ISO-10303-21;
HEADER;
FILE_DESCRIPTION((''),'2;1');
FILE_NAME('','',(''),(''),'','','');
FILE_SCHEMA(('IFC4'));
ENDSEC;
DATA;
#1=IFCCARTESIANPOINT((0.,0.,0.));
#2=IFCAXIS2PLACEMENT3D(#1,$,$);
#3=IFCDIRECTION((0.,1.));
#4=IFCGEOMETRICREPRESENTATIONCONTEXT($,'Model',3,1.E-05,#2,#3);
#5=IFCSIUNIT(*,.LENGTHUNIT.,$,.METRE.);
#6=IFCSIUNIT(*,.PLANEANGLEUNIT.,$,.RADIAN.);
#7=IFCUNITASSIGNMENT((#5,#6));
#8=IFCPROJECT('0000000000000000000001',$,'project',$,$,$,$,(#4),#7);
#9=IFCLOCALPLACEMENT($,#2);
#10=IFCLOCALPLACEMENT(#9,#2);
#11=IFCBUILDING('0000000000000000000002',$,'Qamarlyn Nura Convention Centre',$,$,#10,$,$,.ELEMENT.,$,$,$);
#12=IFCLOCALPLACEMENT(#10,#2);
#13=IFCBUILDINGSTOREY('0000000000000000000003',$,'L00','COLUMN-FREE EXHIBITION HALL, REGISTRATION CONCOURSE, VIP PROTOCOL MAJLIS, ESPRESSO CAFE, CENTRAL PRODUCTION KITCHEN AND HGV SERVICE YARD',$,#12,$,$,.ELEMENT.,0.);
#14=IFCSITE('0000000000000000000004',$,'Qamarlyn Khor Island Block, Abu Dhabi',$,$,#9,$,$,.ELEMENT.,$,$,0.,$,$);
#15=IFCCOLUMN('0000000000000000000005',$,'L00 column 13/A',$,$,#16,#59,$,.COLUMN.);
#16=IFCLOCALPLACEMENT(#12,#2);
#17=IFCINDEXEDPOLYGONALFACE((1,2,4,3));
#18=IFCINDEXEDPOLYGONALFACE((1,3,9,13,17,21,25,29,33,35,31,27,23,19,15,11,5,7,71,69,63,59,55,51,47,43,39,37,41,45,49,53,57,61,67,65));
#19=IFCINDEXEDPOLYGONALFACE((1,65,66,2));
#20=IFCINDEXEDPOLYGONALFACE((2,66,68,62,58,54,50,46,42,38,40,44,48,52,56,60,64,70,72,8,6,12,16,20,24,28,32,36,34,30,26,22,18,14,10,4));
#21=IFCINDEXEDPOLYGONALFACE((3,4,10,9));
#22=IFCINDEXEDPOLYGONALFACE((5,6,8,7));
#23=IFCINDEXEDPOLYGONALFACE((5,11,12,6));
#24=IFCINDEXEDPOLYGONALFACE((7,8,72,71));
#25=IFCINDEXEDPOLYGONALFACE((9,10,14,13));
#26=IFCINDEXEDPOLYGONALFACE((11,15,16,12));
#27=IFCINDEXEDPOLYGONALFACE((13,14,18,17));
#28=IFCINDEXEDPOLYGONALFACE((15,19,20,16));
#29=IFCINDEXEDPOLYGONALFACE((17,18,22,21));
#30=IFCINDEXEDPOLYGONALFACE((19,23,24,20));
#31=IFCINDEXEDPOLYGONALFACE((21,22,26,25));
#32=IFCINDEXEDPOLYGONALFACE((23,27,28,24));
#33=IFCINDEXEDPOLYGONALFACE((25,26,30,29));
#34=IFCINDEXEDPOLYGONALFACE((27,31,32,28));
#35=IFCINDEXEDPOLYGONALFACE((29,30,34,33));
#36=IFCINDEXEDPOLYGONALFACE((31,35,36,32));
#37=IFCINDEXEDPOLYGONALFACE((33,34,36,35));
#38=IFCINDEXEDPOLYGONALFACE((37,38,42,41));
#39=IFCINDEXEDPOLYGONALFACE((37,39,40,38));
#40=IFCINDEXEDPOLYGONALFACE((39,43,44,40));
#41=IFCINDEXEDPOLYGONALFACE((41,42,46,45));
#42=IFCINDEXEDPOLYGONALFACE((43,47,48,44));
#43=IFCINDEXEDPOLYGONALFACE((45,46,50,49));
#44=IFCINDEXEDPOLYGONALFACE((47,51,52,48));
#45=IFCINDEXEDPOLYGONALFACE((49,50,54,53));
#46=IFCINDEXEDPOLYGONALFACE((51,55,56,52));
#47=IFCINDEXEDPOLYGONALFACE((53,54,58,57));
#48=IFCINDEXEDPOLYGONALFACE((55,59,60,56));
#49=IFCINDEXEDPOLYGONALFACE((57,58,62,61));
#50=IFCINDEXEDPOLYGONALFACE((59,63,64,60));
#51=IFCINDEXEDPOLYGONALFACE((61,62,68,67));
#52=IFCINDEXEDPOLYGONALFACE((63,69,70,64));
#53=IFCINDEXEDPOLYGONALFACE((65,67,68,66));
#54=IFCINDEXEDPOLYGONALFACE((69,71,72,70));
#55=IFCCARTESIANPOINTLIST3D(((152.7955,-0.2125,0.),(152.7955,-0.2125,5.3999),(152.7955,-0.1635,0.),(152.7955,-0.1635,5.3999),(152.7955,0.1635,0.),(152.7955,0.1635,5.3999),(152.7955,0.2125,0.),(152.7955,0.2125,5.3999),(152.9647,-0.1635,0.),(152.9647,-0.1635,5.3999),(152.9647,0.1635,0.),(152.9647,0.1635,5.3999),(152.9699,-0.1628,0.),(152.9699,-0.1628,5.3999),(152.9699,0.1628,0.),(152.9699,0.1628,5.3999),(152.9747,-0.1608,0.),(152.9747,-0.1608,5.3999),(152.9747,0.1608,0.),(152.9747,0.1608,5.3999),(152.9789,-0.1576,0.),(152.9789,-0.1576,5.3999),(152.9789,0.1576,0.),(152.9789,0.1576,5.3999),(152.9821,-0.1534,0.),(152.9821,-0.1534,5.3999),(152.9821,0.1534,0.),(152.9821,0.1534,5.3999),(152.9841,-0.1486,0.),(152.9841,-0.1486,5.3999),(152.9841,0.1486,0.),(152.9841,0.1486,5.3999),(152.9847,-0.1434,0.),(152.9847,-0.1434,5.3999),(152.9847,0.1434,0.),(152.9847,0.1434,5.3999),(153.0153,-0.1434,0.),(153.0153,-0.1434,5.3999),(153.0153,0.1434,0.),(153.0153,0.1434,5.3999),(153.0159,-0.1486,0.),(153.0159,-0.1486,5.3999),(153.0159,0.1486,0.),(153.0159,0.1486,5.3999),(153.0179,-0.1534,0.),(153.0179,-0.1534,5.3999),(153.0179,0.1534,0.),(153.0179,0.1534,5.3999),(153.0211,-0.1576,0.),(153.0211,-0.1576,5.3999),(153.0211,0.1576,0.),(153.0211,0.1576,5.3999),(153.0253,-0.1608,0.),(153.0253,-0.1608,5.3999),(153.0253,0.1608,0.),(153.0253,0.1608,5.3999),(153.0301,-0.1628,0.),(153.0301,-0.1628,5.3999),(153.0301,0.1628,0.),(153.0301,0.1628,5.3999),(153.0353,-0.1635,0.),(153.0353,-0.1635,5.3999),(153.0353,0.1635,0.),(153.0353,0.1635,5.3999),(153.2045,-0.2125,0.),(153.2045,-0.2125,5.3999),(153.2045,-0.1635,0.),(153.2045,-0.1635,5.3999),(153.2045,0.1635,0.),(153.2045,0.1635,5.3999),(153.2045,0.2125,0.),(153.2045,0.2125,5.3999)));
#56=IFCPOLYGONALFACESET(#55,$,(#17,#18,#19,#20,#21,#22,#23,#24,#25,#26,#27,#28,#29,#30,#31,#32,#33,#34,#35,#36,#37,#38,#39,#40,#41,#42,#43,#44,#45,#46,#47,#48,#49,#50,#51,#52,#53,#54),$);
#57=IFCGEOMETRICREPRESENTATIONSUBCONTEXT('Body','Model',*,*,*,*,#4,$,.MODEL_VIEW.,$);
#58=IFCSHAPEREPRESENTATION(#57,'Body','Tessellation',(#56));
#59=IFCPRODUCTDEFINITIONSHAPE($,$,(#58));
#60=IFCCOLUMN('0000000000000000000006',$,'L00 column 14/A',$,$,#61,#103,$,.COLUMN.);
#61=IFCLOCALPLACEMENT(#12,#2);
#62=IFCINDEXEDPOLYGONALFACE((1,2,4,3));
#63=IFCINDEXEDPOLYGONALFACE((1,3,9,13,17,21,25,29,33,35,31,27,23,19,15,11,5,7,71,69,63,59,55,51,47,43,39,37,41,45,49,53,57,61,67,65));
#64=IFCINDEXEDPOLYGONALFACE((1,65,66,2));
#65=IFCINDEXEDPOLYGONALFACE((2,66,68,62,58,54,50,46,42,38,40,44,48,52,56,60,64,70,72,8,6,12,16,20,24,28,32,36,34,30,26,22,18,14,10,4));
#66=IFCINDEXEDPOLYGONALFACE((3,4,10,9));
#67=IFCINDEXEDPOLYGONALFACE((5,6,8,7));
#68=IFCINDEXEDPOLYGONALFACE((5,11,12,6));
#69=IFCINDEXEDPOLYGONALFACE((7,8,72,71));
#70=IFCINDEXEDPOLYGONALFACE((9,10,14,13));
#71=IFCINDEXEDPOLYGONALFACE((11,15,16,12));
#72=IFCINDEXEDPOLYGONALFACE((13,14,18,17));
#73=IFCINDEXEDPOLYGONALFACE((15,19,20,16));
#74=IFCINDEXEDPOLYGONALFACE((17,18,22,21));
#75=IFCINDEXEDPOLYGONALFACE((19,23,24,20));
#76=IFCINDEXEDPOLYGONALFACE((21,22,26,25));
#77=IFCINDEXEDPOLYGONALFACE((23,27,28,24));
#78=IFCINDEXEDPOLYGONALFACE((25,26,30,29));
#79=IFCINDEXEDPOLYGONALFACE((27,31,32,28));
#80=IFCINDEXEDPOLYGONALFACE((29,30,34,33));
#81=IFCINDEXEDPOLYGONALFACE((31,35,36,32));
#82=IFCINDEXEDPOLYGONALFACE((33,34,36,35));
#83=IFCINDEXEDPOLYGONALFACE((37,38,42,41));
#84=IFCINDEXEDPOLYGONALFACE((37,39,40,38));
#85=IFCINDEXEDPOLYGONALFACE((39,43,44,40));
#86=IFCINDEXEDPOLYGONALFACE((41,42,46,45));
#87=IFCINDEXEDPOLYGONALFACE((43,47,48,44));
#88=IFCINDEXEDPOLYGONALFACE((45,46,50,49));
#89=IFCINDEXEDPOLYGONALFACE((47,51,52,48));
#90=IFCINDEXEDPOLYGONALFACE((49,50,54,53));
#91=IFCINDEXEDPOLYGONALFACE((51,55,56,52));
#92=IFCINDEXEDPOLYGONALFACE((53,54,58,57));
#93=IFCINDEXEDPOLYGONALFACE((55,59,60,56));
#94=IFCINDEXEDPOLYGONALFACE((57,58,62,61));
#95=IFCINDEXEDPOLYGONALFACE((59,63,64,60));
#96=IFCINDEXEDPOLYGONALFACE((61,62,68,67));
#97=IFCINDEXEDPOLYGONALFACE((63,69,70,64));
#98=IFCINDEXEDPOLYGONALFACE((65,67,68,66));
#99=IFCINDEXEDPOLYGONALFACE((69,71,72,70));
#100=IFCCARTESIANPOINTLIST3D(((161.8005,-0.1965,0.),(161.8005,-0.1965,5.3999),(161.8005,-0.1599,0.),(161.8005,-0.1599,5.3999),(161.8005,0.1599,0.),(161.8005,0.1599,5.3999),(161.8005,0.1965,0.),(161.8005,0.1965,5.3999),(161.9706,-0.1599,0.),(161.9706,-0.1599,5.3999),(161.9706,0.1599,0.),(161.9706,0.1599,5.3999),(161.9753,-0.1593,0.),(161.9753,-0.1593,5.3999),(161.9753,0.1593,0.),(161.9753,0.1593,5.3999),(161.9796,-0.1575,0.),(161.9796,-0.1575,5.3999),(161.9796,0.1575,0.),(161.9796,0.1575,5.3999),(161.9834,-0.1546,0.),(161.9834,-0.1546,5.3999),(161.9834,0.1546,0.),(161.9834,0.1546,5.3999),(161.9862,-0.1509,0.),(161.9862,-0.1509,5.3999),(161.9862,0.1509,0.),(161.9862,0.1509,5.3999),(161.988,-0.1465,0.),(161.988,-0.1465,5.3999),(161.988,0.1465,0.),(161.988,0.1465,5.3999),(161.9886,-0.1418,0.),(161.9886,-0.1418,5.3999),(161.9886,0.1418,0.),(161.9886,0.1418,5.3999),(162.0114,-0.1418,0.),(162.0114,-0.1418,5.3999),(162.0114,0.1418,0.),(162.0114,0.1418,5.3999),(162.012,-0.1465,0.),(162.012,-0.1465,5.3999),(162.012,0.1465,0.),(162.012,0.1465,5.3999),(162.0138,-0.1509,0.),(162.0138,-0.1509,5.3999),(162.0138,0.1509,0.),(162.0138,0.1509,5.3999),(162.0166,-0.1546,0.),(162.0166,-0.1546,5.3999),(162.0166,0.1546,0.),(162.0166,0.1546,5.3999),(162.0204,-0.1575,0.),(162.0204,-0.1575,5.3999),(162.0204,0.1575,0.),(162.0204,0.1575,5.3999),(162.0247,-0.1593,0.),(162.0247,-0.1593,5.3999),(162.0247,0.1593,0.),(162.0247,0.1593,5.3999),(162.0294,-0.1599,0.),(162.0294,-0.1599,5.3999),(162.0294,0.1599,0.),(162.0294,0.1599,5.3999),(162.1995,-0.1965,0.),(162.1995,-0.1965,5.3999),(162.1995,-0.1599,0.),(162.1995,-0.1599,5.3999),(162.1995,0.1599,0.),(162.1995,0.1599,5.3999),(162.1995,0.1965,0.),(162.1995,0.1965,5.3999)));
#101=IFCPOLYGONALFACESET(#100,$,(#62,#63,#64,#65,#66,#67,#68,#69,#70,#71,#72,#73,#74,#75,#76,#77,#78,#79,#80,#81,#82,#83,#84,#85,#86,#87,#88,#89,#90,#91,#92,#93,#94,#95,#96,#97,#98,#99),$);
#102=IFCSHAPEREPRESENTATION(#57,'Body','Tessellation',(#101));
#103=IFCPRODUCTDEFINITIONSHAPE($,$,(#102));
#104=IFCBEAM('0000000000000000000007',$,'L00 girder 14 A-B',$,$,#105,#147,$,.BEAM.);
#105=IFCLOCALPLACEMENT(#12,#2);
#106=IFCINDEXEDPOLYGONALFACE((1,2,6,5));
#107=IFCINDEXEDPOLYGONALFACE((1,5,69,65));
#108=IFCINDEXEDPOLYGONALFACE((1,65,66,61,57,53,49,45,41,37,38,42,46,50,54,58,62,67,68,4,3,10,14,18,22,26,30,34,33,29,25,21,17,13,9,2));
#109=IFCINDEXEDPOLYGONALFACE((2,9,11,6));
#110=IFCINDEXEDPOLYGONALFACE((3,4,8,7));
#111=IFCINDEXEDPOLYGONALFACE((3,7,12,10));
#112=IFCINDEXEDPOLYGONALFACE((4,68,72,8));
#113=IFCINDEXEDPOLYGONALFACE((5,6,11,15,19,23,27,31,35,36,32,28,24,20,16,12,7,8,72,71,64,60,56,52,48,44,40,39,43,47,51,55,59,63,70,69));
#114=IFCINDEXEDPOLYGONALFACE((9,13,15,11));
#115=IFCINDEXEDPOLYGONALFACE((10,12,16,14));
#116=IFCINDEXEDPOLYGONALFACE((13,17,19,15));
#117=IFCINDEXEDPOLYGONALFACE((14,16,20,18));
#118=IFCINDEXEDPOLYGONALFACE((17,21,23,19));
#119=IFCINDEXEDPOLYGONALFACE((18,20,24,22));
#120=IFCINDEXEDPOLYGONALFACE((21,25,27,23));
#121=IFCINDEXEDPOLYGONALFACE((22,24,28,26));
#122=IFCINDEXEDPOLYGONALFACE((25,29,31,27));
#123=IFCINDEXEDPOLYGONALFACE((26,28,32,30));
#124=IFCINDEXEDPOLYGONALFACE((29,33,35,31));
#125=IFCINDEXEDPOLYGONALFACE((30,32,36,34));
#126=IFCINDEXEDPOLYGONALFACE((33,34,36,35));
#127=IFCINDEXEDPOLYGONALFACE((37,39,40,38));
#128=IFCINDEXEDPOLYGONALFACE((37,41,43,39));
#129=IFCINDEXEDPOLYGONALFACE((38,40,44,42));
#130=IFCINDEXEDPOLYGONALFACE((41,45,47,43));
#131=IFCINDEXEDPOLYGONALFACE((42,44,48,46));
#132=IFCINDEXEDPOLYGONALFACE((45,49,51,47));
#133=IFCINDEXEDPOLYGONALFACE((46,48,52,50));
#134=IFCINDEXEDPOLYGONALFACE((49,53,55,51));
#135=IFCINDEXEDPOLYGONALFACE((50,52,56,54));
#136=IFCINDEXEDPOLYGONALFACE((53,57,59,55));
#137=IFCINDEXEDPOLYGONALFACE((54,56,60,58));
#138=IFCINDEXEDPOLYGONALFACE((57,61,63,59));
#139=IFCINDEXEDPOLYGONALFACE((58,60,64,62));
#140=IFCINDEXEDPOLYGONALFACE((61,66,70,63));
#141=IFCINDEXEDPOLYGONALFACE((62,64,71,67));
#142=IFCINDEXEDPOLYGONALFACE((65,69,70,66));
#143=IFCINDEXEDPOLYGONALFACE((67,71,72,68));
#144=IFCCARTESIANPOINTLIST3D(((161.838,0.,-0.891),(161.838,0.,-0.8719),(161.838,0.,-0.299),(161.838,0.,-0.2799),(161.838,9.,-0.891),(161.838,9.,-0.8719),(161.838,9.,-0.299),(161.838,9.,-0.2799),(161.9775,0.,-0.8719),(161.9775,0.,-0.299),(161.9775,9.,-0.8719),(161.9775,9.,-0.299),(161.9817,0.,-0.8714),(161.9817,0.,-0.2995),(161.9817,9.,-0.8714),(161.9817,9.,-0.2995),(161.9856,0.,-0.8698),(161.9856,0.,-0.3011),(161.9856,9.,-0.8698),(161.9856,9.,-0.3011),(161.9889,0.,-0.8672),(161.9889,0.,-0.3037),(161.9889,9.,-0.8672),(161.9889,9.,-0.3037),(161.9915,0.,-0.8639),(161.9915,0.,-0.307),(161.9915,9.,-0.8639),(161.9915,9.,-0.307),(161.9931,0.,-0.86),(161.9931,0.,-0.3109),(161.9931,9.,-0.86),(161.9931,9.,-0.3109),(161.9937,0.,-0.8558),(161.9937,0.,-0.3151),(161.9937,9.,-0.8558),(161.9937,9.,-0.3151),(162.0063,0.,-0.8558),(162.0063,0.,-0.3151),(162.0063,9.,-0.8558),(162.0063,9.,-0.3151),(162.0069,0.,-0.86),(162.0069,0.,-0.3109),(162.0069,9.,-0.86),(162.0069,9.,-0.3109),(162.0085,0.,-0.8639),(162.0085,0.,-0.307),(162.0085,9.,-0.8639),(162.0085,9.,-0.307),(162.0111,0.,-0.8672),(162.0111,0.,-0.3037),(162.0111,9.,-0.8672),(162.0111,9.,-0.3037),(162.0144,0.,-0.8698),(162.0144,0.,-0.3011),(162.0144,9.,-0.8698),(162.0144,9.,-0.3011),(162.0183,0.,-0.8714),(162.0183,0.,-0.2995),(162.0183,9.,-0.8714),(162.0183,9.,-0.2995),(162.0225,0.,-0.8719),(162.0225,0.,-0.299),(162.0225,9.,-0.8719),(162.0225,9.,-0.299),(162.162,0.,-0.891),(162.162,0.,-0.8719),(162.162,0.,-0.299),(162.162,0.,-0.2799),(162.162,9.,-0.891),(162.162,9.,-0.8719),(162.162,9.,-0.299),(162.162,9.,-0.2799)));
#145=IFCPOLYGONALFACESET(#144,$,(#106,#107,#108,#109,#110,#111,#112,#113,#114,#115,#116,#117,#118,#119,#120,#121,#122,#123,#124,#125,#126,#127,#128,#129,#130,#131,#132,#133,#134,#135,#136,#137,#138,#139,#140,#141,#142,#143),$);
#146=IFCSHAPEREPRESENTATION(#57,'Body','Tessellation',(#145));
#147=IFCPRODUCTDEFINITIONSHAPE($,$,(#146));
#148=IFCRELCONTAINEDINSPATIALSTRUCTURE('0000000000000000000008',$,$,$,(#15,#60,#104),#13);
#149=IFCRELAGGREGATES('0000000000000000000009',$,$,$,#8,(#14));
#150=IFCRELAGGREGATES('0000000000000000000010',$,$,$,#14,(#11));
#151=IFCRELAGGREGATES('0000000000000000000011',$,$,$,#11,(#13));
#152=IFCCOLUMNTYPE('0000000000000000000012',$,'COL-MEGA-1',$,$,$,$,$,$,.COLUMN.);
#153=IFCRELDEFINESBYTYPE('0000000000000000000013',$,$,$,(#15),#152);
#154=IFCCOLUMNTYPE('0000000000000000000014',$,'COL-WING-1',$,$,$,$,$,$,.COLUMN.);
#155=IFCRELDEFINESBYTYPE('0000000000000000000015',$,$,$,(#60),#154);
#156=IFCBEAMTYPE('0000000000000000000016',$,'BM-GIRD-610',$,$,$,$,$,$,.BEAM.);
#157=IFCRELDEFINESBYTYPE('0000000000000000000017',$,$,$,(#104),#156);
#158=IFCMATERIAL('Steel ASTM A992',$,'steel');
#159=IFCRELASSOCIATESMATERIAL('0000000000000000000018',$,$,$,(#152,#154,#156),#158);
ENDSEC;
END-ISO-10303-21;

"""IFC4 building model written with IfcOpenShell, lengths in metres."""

from ifc_helpers import new_model, si_unit, direction, frame, origin, origin_2d, place, context, subcontext, project, spatial, i_section, extrude, material, material_profile, profile_set, type_object, element, save


model = new_model("IFC4")

# Units and contexts
model_context = context("Model", 3, precision=1e-05, world=origin(), true_north=direction((0.0, 1.0)))
body_context = subcontext(model_context, "Body", "Model", "MODEL_VIEW")
ifc_project = project(units=[si_unit("LENGTHUNIT", "METRE"), si_unit("PLANEANGLEUNIT", "RADIAN")], contexts=[model_context])

# Site, building, storey
site_placement = place(None, origin())
site = spatial("IfcSite", under=ifc_project, at=site_placement, Name="Qamarlyn Khor Island Block, Abu Dhabi", CompositionType="ELEMENT", RefElevation=0.0)
building_placement = place(site_placement, origin())
building = spatial("IfcBuilding", under=site, at=building_placement, Name="Qamarlyn Nura Convention Centre", CompositionType="ELEMENT")
storey_placement = place(building_placement, origin())
storey = spatial("IfcBuildingStorey", under=building, at=storey_placement, Name="L00", Description="COLUMN-FREE EXHIBITION HALL, REGISTRATION CONCOURSE, VIP PROTOCOL MAJLIS, ESPRESSO CAFE, CENTRAL PRODUCTION KITCHEN AND HGV SERVICE YARD", CompositionType="ELEMENT", Elevation=0.0)

# Columns
ifc_material_1 = material(Name="Steel ASTM A992", Category="steel")
ifc_material_profile_1 = material_profile(ifc_material_1, i_section(OverallWidth=0.4089, OverallDepth=0.425, WebThickness=0.0305, FlangeThickness=0.0491, FilletRadius=0.02, at=origin_2d()), Name="W360X421")
ifc_profile_set_1 = profile_set([ifc_material_profile_1], Name="Steel ASTM A992")
column_type_1 = type_object("IfcColumnType", Name="COL-MEGA-1", PredefinedType="COLUMN", material=ifc_profile_set_1)
column_1_placement = place(storey_placement, frame((153.0, 0.0, 0.0), z_axis=(0.0, 0.0, 1.0), x_axis=(1.0, 0.0, 0.0)))
element("IfcColumn", 1, at=column_1_placement, inside=storey, type_object=column_type_1, Name="L00 column 13/A", PredefinedType="COLUMN", context=body_context, shape_type="SweptSolid", body=[
    extrude(i_section(OverallWidth=0.4089, OverallDepth=0.425, WebThickness=0.0305, FlangeThickness=0.0491, FilletRadius=0.02, at=origin_2d()), origin(), (0.0, 0.0, 1.0), 5.3999),
])
ifc_material_profile_2 = material_profile(ifc_material_1, i_section(OverallWidth=0.3989, OverallDepth=0.3931, WebThickness=0.0227, FlangeThickness=0.0366, FilletRadius=0.0181, at=origin_2d()), Name="W360X287")
ifc_profile_set_2 = profile_set([ifc_material_profile_2], Name="Steel ASTM A992")
column_type_2 = type_object("IfcColumnType", Name="COL-WING-1", PredefinedType="COLUMN", material=ifc_profile_set_2)
column_2_placement = place(storey_placement, frame((162.0, 0.0, 0.0), z_axis=(0.0, 0.0, 1.0), x_axis=(1.0, 0.0, 0.0)))
element("IfcColumn", 2, at=column_2_placement, inside=storey, type_object=column_type_2, Name="L00 column 14/A", PredefinedType="COLUMN", context=body_context, shape_type="SweptSolid", body=[
    extrude(i_section(OverallWidth=0.3989, OverallDepth=0.3931, WebThickness=0.0227, FlangeThickness=0.0366, FilletRadius=0.0181, at=origin_2d()), origin(), (0.0, 0.0, 1.0), 5.3999),
])

# Beam
ifc_material_profile_3 = material_profile(ifc_material_1, i_section(OverallWidth=0.324, OverallDepth=0.6111, WebThickness=0.0127, FlangeThickness=0.019, FilletRadius=0.0161, at=origin_2d()), Name="W610X155")
ifc_profile_set_3 = profile_set([ifc_material_profile_3], Name="Steel ASTM A992")
beam_type_1 = type_object("IfcBeamType", Name="BM-GIRD-610", PredefinedType="BEAM", material=ifc_profile_set_3)
beam_1_placement = place(storey_placement, frame((162.0, 0.0, -0.5854), z_axis=(0.0, 1.0, 0.0), x_axis=(-1.0, 0.0, 0.0)))
element("IfcBeam", 3, at=beam_1_placement, inside=storey, type_object=beam_type_1, Name="L00 girder 14 A-B", PredefinedType="BEAM", context=body_context, shape_type="SweptSolid", body=[
    extrude(i_section(OverallWidth=0.324, OverallDepth=0.6111, WebThickness=0.0127, FlangeThickness=0.019, FilletRadius=0.0161, at=origin_2d()), origin(), (0.0, 0.0, 1.0), 9.0),
])

save(model, "model.ifc")
